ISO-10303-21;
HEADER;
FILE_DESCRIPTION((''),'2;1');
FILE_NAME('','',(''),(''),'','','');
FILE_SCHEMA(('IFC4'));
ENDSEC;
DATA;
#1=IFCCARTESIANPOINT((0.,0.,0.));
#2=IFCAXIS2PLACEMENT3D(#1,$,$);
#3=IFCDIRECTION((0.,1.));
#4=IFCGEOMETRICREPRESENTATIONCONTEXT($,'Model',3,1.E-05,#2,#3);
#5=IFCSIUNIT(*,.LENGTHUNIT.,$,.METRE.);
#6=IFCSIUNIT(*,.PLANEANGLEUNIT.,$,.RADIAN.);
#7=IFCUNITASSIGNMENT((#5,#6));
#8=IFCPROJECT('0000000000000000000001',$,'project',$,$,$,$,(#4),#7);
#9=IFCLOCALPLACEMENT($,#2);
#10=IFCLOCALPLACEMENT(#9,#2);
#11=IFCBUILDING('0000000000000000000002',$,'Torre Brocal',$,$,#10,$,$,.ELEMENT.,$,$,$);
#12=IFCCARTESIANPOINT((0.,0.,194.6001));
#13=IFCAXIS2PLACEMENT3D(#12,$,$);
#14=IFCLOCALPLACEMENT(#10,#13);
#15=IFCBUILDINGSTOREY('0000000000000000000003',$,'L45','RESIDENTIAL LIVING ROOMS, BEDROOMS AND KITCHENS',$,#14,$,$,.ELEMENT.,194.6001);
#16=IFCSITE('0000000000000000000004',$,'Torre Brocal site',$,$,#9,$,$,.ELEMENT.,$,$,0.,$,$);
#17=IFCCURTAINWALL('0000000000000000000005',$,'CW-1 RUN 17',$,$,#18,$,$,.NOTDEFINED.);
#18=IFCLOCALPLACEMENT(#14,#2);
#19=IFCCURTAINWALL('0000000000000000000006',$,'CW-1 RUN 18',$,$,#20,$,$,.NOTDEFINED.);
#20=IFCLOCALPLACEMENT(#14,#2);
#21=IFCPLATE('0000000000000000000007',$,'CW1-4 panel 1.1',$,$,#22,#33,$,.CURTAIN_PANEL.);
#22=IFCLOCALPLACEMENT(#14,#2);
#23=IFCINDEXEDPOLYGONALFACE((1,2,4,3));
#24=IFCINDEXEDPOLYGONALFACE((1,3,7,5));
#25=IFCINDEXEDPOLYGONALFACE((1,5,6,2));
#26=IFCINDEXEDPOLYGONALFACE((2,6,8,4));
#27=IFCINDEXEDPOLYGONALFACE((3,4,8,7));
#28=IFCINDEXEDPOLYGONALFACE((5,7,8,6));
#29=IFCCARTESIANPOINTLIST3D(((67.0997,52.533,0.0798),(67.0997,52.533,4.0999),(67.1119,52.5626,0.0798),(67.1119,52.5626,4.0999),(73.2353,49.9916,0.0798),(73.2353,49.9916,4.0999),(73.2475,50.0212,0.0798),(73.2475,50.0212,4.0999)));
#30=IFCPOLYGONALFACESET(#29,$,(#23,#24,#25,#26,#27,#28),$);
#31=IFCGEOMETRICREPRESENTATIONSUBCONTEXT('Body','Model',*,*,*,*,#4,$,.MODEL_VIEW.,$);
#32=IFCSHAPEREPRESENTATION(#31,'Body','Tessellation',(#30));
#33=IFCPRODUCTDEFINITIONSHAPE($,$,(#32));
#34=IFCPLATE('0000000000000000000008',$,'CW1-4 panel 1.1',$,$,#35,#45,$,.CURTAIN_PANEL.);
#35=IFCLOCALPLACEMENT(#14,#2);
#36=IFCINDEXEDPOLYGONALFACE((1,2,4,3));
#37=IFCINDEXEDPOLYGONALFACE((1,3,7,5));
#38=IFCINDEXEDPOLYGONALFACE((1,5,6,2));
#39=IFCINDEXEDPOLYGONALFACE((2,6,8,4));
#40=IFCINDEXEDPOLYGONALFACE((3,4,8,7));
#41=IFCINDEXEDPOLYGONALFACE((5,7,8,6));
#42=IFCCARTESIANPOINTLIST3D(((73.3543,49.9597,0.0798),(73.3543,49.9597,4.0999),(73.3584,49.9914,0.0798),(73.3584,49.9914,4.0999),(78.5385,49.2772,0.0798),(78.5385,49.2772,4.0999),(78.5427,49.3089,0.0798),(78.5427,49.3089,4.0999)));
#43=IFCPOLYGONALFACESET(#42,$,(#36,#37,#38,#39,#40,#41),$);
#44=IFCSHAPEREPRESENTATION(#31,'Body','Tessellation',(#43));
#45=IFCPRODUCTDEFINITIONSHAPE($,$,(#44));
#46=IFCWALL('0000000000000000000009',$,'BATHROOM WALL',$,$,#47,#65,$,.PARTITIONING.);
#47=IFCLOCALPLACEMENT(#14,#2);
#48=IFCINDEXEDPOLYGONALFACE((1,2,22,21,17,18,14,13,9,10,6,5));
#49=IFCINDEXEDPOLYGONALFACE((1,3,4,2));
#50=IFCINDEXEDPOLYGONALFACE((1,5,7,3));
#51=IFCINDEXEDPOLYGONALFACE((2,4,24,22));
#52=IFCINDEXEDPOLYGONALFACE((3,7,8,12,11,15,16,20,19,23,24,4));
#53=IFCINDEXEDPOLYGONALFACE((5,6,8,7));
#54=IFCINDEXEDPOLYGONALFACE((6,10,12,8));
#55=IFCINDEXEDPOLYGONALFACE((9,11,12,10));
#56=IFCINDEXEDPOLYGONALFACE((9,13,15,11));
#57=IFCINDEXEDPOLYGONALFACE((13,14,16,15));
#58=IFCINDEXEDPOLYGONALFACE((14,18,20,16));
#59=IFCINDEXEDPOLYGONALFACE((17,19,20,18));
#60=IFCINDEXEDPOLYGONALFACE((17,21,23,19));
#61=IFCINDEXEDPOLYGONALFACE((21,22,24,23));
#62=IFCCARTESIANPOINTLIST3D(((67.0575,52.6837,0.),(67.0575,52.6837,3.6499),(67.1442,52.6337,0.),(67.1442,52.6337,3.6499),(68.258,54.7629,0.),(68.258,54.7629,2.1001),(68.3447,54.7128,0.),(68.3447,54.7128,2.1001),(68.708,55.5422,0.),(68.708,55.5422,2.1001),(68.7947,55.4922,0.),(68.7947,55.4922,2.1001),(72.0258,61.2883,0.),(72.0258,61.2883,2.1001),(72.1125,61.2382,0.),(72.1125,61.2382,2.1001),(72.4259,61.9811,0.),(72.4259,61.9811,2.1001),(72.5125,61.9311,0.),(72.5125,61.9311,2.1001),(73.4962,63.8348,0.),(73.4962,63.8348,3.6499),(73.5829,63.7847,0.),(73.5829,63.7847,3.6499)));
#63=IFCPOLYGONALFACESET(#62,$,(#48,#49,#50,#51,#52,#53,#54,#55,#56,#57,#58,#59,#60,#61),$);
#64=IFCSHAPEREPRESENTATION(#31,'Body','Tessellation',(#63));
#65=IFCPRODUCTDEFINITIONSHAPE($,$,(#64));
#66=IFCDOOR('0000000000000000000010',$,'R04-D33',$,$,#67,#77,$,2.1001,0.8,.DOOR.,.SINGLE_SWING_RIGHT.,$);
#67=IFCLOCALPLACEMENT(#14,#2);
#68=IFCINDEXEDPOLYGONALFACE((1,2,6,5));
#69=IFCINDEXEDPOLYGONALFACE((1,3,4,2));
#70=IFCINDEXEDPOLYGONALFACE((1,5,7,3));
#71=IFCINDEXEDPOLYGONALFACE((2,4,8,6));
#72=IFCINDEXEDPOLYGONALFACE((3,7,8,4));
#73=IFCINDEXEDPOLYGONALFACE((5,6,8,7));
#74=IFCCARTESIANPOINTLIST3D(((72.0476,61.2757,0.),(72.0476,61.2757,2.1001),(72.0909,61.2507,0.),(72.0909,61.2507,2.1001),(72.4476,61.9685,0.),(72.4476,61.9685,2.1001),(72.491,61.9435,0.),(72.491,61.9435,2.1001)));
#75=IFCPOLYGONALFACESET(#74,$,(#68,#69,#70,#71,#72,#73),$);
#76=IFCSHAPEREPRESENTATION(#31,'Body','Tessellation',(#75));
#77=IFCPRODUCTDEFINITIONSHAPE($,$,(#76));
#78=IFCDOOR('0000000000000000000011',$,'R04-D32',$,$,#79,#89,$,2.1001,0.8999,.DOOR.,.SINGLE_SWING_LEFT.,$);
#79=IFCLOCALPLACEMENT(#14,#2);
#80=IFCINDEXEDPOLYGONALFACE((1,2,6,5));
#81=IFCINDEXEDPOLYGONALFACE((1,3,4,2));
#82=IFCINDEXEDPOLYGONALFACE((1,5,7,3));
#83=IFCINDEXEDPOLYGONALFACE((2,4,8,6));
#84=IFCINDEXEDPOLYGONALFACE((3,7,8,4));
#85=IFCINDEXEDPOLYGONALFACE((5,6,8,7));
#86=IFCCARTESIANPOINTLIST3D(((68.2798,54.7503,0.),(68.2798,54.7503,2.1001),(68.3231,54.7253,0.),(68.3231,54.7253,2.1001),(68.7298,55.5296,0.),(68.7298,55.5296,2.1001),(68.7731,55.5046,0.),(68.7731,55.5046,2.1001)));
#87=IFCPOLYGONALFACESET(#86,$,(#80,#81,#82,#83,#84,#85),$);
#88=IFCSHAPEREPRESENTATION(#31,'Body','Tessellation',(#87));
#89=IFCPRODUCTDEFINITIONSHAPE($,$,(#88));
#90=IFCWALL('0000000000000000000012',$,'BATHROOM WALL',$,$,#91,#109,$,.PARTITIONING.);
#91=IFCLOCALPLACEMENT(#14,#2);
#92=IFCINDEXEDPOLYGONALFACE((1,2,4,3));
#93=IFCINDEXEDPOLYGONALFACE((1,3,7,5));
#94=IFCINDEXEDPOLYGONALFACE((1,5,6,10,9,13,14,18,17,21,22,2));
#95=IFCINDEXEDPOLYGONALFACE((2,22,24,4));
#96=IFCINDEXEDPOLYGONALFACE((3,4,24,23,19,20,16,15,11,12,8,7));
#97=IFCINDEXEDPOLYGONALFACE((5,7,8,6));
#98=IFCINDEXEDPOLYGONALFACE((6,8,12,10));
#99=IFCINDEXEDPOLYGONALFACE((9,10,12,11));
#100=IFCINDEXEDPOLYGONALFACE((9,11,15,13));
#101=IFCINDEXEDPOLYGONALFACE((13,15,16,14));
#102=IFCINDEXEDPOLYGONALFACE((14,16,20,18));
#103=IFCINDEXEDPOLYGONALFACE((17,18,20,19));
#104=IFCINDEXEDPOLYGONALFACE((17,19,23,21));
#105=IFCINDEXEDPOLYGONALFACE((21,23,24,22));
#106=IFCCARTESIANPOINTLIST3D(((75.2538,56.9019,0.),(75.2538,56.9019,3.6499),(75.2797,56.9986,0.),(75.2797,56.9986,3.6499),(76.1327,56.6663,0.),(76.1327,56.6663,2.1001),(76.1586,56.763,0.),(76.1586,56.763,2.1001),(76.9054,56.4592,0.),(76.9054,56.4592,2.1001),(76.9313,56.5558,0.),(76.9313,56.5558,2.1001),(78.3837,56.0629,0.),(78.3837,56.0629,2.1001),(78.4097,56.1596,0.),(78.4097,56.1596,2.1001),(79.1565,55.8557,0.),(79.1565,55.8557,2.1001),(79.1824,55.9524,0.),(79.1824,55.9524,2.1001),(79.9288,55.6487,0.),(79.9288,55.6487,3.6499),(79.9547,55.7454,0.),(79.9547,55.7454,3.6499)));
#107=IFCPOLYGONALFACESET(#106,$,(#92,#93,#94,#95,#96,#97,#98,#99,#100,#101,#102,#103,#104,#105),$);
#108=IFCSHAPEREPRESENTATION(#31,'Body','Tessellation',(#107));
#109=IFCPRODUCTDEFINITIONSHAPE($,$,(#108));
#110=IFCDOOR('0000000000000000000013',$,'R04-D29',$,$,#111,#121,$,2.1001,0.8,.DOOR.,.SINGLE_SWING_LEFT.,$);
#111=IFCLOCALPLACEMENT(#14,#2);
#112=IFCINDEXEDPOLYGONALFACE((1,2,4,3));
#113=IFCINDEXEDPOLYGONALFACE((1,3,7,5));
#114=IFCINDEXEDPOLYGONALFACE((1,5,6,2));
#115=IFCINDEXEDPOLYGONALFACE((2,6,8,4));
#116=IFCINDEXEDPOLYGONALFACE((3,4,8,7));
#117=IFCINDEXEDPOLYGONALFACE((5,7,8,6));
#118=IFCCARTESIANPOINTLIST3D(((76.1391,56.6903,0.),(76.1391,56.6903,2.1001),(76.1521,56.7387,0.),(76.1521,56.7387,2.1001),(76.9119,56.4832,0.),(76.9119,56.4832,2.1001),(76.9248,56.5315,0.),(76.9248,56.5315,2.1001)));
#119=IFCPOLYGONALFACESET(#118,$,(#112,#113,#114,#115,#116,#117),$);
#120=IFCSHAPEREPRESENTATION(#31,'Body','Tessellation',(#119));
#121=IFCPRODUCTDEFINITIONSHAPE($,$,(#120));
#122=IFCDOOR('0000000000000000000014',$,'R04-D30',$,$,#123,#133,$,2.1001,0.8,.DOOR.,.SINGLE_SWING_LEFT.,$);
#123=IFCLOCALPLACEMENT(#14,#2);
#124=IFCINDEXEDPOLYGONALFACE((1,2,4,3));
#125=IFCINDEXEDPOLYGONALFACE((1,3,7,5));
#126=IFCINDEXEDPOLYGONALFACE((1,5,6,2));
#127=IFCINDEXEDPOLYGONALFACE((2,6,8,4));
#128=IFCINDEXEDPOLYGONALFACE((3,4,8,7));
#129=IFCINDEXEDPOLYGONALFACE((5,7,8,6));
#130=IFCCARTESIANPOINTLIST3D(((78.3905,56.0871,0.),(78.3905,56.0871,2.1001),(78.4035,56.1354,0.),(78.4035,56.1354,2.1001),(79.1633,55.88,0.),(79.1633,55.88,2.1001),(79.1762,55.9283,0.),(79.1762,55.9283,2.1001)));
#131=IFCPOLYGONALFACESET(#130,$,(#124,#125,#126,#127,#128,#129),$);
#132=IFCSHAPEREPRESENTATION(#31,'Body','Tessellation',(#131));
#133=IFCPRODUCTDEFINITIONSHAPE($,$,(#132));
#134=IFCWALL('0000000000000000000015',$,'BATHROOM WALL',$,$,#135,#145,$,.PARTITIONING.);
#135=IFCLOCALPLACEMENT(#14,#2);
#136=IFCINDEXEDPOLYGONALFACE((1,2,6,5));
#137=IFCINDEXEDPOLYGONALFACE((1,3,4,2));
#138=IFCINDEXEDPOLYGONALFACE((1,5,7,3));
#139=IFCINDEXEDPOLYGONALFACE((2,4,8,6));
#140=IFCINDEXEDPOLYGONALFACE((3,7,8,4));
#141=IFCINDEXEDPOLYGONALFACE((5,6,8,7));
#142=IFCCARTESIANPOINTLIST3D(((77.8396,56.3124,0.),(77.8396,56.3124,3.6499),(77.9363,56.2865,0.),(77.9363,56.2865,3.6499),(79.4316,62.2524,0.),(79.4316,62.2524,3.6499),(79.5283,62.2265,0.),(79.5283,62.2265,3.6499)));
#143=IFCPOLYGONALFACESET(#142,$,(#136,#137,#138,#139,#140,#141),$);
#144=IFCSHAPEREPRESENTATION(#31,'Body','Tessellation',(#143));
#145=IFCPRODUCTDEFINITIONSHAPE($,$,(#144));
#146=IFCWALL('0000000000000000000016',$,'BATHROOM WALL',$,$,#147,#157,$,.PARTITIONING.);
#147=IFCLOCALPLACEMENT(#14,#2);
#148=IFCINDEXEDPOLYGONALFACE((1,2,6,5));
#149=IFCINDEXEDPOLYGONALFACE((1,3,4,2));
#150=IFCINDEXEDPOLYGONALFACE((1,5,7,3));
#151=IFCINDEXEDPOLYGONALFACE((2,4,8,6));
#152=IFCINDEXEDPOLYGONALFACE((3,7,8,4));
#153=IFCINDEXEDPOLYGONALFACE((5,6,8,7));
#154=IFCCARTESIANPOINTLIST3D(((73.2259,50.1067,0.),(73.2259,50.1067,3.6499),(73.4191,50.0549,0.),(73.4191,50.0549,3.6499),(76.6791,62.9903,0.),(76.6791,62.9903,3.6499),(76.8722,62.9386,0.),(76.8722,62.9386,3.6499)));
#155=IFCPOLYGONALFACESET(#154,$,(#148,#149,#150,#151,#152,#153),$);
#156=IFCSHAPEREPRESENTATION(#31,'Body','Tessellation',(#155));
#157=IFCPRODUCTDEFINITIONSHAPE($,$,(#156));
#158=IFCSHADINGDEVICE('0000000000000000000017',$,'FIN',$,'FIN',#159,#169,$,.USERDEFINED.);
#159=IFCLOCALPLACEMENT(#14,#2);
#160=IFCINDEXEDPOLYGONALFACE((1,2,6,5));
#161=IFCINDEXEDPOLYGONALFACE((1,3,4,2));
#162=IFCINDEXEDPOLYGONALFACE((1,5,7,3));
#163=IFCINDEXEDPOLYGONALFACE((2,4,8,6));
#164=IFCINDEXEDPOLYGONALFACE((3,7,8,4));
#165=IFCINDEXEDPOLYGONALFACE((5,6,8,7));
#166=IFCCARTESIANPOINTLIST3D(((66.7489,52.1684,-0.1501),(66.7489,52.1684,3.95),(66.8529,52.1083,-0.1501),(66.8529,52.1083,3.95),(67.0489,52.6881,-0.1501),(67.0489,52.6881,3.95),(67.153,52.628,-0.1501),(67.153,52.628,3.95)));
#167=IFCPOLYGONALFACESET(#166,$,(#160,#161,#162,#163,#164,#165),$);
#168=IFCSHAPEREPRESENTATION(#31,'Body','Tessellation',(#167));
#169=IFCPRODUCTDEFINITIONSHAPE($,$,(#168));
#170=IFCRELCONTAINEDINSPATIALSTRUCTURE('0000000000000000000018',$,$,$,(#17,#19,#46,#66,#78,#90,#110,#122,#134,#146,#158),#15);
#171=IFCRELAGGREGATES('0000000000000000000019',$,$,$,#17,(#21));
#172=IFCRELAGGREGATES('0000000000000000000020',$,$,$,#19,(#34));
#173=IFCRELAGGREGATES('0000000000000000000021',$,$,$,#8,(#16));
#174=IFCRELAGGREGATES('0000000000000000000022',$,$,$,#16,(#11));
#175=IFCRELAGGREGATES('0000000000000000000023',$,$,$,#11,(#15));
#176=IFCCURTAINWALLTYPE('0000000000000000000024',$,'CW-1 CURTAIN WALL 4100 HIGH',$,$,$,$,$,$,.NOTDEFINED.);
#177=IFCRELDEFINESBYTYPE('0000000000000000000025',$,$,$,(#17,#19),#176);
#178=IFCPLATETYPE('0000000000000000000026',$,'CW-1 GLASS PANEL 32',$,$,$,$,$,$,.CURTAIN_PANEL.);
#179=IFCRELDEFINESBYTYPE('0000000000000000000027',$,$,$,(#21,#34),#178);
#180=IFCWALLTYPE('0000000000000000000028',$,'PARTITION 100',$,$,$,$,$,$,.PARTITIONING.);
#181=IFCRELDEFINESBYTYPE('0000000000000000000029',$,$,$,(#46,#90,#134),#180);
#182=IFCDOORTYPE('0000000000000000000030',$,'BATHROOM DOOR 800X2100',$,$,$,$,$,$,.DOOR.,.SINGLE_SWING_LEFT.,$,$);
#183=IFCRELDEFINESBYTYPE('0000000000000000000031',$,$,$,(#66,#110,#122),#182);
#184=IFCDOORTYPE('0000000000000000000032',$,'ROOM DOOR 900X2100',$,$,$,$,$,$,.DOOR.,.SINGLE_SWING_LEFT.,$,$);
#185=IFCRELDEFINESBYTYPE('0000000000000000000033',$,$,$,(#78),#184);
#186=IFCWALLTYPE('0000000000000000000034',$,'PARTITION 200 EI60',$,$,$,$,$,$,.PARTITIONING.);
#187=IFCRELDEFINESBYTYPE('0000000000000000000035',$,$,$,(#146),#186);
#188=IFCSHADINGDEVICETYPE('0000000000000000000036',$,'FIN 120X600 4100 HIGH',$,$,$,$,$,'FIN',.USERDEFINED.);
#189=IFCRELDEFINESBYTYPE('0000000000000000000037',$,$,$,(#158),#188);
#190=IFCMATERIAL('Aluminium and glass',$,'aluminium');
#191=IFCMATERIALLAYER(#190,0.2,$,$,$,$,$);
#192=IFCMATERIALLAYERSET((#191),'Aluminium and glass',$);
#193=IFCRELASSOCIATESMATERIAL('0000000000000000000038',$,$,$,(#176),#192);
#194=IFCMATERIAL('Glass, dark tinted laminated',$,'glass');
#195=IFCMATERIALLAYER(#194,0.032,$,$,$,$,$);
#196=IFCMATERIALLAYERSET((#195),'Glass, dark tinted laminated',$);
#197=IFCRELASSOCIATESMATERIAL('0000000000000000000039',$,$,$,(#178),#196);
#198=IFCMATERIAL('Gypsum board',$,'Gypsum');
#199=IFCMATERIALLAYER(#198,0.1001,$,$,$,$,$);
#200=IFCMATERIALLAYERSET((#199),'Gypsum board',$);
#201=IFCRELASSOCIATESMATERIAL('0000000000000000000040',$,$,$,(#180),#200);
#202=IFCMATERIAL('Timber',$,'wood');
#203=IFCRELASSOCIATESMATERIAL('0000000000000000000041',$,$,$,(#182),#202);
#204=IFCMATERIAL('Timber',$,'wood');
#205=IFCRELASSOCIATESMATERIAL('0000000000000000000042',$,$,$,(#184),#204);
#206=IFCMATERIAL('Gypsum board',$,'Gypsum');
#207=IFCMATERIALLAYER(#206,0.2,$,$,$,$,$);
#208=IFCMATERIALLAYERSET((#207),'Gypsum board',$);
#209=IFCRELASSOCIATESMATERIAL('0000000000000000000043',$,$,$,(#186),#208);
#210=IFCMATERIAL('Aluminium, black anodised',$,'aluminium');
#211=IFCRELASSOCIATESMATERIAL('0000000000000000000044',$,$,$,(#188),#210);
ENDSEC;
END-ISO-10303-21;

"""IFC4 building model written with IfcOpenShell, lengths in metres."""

from ifc_helpers import new_model, si_unit, direction, frame, frame_2d, origin, origin_2d, place, context, subcontext, project, spatial, rectangle, extrude, material, layer, layer_set, material_profile, profile_set, type_object, element, fill, aggregate, save


model = new_model("IFC4")

# Units and contexts
model_context = context("Model", 3, precision=1e-05, world=origin(), true_north=direction((0.0, 1.0)))
body_context = subcontext(model_context, "Body", "Model", "MODEL_VIEW")
ifc_project = project(units=[si_unit("LENGTHUNIT", "METRE"), si_unit("PLANEANGLEUNIT", "RADIAN")], contexts=[model_context])

# Site, building, storey
site_placement = place(None, origin())
site = spatial("IfcSite", under=ifc_project, at=site_placement, Name="Torre Brocal site", CompositionType="ELEMENT", RefElevation=0.0)
building_placement = place(site_placement, origin())
building = spatial("IfcBuilding", under=site, at=building_placement, Name="Torre Brocal", CompositionType="ELEMENT")
storey_placement = place(building_placement, frame((0.0, 0.0, 194.6001)))
storey = spatial("IfcBuildingStorey", under=building, at=storey_placement, Name="L45", Description="RESIDENTIAL LIVING ROOMS, BEDROOMS AND KITCHENS", CompositionType="ELEMENT", Elevation=194.6001)

# Shared definitions
ifc_material_1 = material(Name="Aluminium and glass", Category="aluminium")
ifc_layer_1 = layer(ifc_material_1, 0.2)
ifc_layer_set_1 = layer_set([ifc_layer_1], Name="Aluminium and glass")
curtain_wall_type = type_object("IfcCurtainWallType", Name="CW-1 CURTAIN WALL 4100 HIGH", PredefinedType="NOTDEFINED", material=ifc_layer_set_1)

# Curtain walls
curtain_wall_1_placement = place(storey_placement, origin())
curtain_wall_1 = element("IfcCurtainWall", 1, at=curtain_wall_1_placement, inside=storey, type_object=curtain_wall_type, Name="CW-1 RUN 17", PredefinedType="NOTDEFINED")
curtain_wall_2_placement = place(storey_placement, origin())
curtain_wall_2 = element("IfcCurtainWall", 2, at=curtain_wall_2_placement, inside=storey, type_object=curtain_wall_type, Name="CW-1 RUN 18", PredefinedType="NOTDEFINED")

# Plates
ifc_material_2 = material(Name="Glass, dark tinted laminated", Category="glass")
ifc_layer_2 = layer(ifc_material_2, 0.032)
ifc_layer_set_2 = layer_set([ifc_layer_2], Name="Glass, dark tinted laminated")
plate_type = type_object("IfcPlateType", Name="CW-1 GLASS PANEL 32", PredefinedType="CURTAIN_PANEL", material=ifc_layer_set_2)
plate_1_placement = place(storey_placement, frame((70.1736, 51.2771, 0.0798), z_axis=(0.0, 0.0, 1.0), x_axis=(0.92388, -0.382683, 0.0)))
plate_1 = element("IfcPlate", 3, at=plate_1_placement, type_object=plate_type, Name="CW1-4 panel 1.1", PredefinedType="CURTAIN_PANEL", context=body_context, shape_type="SweptSolid", body=[
    extrude(rectangle(XDim=6.6411, YDim=0.032, at=origin_2d()), origin(), (0.0, 0.0, 1.0), 4.02),
])
aggregate(curtain_wall_1, [plate_1])
plate_2_placement = place(storey_placement, frame((75.9485, 49.6343, 0.0798), z_axis=(0.0, 0.0, 1.0), x_axis=(0.991445, -0.130526, 0.0)))
plate_2 = element("IfcPlate", 4, at=plate_2_placement, type_object=plate_type, Name="CW1-4 panel 1.1", PredefinedType="CURTAIN_PANEL", context=body_context, shape_type="SweptSolid", body=[
    extrude(rectangle(XDim=5.229, YDim=0.032, at=origin_2d()), origin(), (0.0, 0.0, 1.0), 4.02),
])
aggregate(curtain_wall_2, [plate_2])

# Walls, openings, doors
ifc_material_3 = material(Name="Gypsum board", Category="Gypsum")
ifc_layer_3 = layer(ifc_material_3, 0.1001)
ifc_layer_set_3 = layer_set([ifc_layer_3], Name="Gypsum board")
wall_type_1 = type_object("IfcWallType", Name="PARTITION 100", PredefinedType="PARTITIONING", material=ifc_layer_set_3)
wall_1_placement = place(storey_placement, frame((67.1008, 52.6587, 0.0), z_axis=(0.0, 0.0, 1.0), x_axis=(0.500036, 0.866005, 0.0)))
wall_1 = element("IfcWall", 5, at=wall_1_placement, inside=storey, type_object=wall_type_1, Name="BATHROOM WALL", PredefinedType="PARTITIONING", context=body_context, shape_type="SweptSolid", body=[
    extrude(rectangle(XDim=12.8765, YDim=0.1001, at=frame_2d((6.4382, 0.0))), origin(), (0.0, 0.0, 1.0), 3.6499),
])
opening_1_placement = place(wall_1_placement, frame((2.4009, 0.0, 0.0)))
opening_1 = element("IfcOpeningElement", 6, at=opening_1_placement, cuts=wall_1, PredefinedType="OPENING", context=body_context, shape_type="SweptSolid", body=[
    extrude(rectangle(XDim=0.8999, YDim=2.1001, at=frame_2d((0.45, 1.05))), frame((0.0, 0.0601, 0.0), z_axis=(0.0, -1.0, 0.0), x_axis=(1.0, 0.0, 0.0)), (0.0, 0.0, 1.0), 0.1201),
])
opening_2_placement = place(wall_1_placement, frame((9.936, 0.0, 0.0)))
opening_2 = element("IfcOpeningElement", 7, at=opening_2_placement, cuts=wall_1, PredefinedType="OPENING", context=body_context, shape_type="SweptSolid", body=[
    extrude(rectangle(XDim=0.8, YDim=2.1001, at=frame_2d((0.3999, 1.05))), frame((0.0, 0.0601, 0.0), z_axis=(0.0, -1.0, 0.0), x_axis=(1.0, 0.0, 0.0)), (0.0, 0.0, 1.0), 0.1201),
])
ifc_material_4 = material(Name="Timber", Category="wood")
door_type_1 = type_object("IfcDoorType", Name="BATHROOM DOOR 800X2100", OperationType="SINGLE_SWING_LEFT", PredefinedType="DOOR", material=ifc_material_4)
door_1_placement = place(opening_2_placement, origin())
door_1 = element("IfcDoor", 8, at=door_1_placement, inside=storey, type_object=door_type_1, Name="R04-D33", OperationType="SINGLE_SWING_RIGHT", OverallHeight=2.1001, OverallWidth=0.8, PredefinedType="DOOR", context=body_context, shape_type="SweptSolid", body=[
    extrude(rectangle(XDim=0.8, YDim=2.1001, at=frame_2d((0.3999, 1.05))), frame((0.0, 0.0249, 0.0), z_axis=(0.0, -1.0, 0.0), x_axis=(1.0, 0.0, 0.0)), (0.0, 0.0, 1.0), 0.05),
])
fill(opening_2, door_1)
ifc_material_5 = material(Name="Timber", Category="wood")
door_type_2 = type_object("IfcDoorType", Name="ROOM DOOR 900X2100", OperationType="SINGLE_SWING_LEFT", PredefinedType="DOOR", material=ifc_material_5)
door_2_placement = place(opening_1_placement, origin())
door_2 = element("IfcDoor", 9, at=door_2_placement, inside=storey, type_object=door_type_2, Name="R04-D32", OperationType="SINGLE_SWING_LEFT", OverallHeight=2.1001, OverallWidth=0.8999, PredefinedType="DOOR", context=body_context, shape_type="SweptSolid", body=[
    extrude(rectangle(XDim=0.8999, YDim=2.1001, at=frame_2d((0.45, 1.05))), frame((0.0, 0.0249, 0.0), z_axis=(0.0, -1.0, 0.0), x_axis=(1.0, 0.0, 0.0)), (0.0, 0.0, 1.0), 0.05),
])
fill(opening_1, door_2)
wall_2_placement = place(storey_placement, frame((75.2668, 56.9502, 0.0), z_axis=(0.0, 0.0, 1.0), x_axis=(0.9659, -0.258915, 0.0)))
wall_2 = element("IfcWall", 10, at=wall_2_placement, inside=storey, type_object=wall_type_1, Name="BATHROOM WALL", PredefinedType="PARTITIONING", context=body_context, shape_type="SweptSolid", body=[
    extrude(rectangle(XDim=4.8401, YDim=0.1001, at=frame_2d((2.4199, 0.0))), origin(), (0.0, 0.0, 1.0), 3.6499),
])
opening_3_placement = place(wall_2_placement, frame((0.9099, 0.0, 0.0)))
opening_3 = element("IfcOpeningElement", 11, at=opening_3_placement, cuts=wall_2, PredefinedType="OPENING", context=body_context, shape_type="SweptSolid", body=[
    extrude(rectangle(XDim=0.8, YDim=2.1001, at=frame_2d((0.3999, 1.05))), frame((0.0, 0.0601, 0.0), z_axis=(0.0, -1.0, 0.0), x_axis=(1.0, 0.0, 0.0)), (0.0, 0.0, 1.0), 0.1201),
])
opening_4_placement = place(wall_2_placement, frame((3.2405, 0.0, 0.0)))
opening_4 = element("IfcOpeningElement", 12, at=opening_4_placement, cuts=wall_2, PredefinedType="OPENING", context=body_context, shape_type="SweptSolid", body=[
    extrude(rectangle(XDim=0.8, YDim=2.1001, at=frame_2d((0.3999, 1.05))), frame((0.0, 0.0601, 0.0), z_axis=(0.0, -1.0, 0.0), x_axis=(1.0, 0.0, 0.0)), (0.0, 0.0, 1.0), 0.1201),
])
door_3_placement = place(opening_3_placement, origin())
door_3 = element("IfcDoor", 13, at=door_3_placement, inside=storey, type_object=door_type_1, Name="R04-D29", OperationType="SINGLE_SWING_LEFT", OverallHeight=2.1001, OverallWidth=0.8, PredefinedType="DOOR", context=body_context, shape_type="SweptSolid", body=[
    extrude(rectangle(XDim=0.8, YDim=2.1001, at=frame_2d((0.3999, 1.05))), frame((0.0, 0.0249, 0.0), z_axis=(0.0, -1.0, 0.0), x_axis=(1.0, 0.0, 0.0)), (0.0, 0.0, 1.0), 0.05),
])
fill(opening_3, door_3)
door_4_placement = place(opening_4_placement, frame((0.8, 0.0, 0.0), z_axis=(0.0, 0.0, 1.0), x_axis=(-1.0, 0.0, 0.0)))
door_4 = element("IfcDoor", 14, at=door_4_placement, inside=storey, type_object=door_type_1, Name="R04-D30", OperationType="SINGLE_SWING_LEFT", OverallHeight=2.1001, OverallWidth=0.8, PredefinedType="DOOR", context=body_context, shape_type="SweptSolid", body=[
    extrude(rectangle(XDim=0.8, YDim=2.1001, at=frame_2d((0.3999, 1.05))), frame((0.0, 0.0249, 0.0), z_axis=(0.0, -1.0, 0.0), x_axis=(1.0, 0.0, 0.0)), (0.0, 0.0, 1.0), 0.05),
])
fill(opening_4, door_4)

# Walls
wall_3_placement = place(storey_placement, frame((77.8879, 56.2996, 0.0), z_axis=(0.0, 0.0, 1.0), x_axis=(0.258886, 0.965908, 0.0)))
element("IfcWall", 15, at=wall_3_placement, inside=storey, type_object=wall_type_1, Name="BATHROOM WALL", PredefinedType="PARTITIONING", context=body_context, shape_type="SweptSolid", body=[
    extrude(rectangle(XDim=6.1497, YDim=0.1001, at=frame_2d((3.0747, 0.0))), origin(), (0.0, 0.0, 1.0), 3.6499),
])
ifc_material_6 = material(Name="Gypsum board", Category="Gypsum")
ifc_layer_4 = layer(ifc_material_6, 0.2)
ifc_layer_set_4 = layer_set([ifc_layer_4], Name="Gypsum board")
wall_type_2 = type_object("IfcWallType", Name="PARTITION 200 EI60", PredefinedType="PARTITIONING", material=ifc_layer_set_4)
wall_4_placement = place(storey_placement, frame((73.3225, 50.0808, 0.0), z_axis=(0.0, 0.0, 1.0), x_axis=(0.258888, 0.965907, 0.0)))
element("IfcWall", 16, at=wall_4_placement, inside=storey, type_object=wall_type_2, Name="BATHROOM WALL", PredefinedType="PARTITIONING", context=body_context, shape_type="SweptSolid", body=[
    extrude(rectangle(XDim=13.3384, YDim=0.2, at=frame_2d((6.6692, 0.0))), origin(), (0.0, 0.0, 1.0), 3.6499),
])

# Shading device
ifc_material_7 = material(Name="Aluminium, black anodised", Category="aluminium")
ifc_material_profile_1 = material_profile(ifc_material_7, rectangle(XDim=0.1201, YDim=0.6001, at=origin_2d()), Name="FIN 120X600 4100 HIGH")
ifc_profile_set_1 = profile_set([ifc_material_profile_1], Name="Aluminium, black anodised")
shading_device_type = type_object("IfcShadingDeviceType", Name="FIN 120X600 4100 HIGH", ElementType="FIN", PredefinedType="USERDEFINED", material=ifc_profile_set_1)
for number, where, z_axis, x_axis, name in (
    (17, (66.9509, 52.3982, -0.1501), (0.0, 0.0, 1.0), (0.866025, -0.5, 0.0), "FIN"),
):
    element("IfcShadingDevice", number, at=place(storey_placement, frame(where, z_axis=z_axis, x_axis=x_axis)), inside=storey, type_object=shading_device_type, Name=name, ObjectType="FIN", PredefinedType="USERDEFINED", context=body_context, shape_type="SweptSolid", body=[
        extrude(rectangle(XDim=0.1201, YDim=0.6001, at=origin_2d()), origin(), (0.0, 0.0, 1.0), 4.1001),
    ])

save(model, "model.ifc")
